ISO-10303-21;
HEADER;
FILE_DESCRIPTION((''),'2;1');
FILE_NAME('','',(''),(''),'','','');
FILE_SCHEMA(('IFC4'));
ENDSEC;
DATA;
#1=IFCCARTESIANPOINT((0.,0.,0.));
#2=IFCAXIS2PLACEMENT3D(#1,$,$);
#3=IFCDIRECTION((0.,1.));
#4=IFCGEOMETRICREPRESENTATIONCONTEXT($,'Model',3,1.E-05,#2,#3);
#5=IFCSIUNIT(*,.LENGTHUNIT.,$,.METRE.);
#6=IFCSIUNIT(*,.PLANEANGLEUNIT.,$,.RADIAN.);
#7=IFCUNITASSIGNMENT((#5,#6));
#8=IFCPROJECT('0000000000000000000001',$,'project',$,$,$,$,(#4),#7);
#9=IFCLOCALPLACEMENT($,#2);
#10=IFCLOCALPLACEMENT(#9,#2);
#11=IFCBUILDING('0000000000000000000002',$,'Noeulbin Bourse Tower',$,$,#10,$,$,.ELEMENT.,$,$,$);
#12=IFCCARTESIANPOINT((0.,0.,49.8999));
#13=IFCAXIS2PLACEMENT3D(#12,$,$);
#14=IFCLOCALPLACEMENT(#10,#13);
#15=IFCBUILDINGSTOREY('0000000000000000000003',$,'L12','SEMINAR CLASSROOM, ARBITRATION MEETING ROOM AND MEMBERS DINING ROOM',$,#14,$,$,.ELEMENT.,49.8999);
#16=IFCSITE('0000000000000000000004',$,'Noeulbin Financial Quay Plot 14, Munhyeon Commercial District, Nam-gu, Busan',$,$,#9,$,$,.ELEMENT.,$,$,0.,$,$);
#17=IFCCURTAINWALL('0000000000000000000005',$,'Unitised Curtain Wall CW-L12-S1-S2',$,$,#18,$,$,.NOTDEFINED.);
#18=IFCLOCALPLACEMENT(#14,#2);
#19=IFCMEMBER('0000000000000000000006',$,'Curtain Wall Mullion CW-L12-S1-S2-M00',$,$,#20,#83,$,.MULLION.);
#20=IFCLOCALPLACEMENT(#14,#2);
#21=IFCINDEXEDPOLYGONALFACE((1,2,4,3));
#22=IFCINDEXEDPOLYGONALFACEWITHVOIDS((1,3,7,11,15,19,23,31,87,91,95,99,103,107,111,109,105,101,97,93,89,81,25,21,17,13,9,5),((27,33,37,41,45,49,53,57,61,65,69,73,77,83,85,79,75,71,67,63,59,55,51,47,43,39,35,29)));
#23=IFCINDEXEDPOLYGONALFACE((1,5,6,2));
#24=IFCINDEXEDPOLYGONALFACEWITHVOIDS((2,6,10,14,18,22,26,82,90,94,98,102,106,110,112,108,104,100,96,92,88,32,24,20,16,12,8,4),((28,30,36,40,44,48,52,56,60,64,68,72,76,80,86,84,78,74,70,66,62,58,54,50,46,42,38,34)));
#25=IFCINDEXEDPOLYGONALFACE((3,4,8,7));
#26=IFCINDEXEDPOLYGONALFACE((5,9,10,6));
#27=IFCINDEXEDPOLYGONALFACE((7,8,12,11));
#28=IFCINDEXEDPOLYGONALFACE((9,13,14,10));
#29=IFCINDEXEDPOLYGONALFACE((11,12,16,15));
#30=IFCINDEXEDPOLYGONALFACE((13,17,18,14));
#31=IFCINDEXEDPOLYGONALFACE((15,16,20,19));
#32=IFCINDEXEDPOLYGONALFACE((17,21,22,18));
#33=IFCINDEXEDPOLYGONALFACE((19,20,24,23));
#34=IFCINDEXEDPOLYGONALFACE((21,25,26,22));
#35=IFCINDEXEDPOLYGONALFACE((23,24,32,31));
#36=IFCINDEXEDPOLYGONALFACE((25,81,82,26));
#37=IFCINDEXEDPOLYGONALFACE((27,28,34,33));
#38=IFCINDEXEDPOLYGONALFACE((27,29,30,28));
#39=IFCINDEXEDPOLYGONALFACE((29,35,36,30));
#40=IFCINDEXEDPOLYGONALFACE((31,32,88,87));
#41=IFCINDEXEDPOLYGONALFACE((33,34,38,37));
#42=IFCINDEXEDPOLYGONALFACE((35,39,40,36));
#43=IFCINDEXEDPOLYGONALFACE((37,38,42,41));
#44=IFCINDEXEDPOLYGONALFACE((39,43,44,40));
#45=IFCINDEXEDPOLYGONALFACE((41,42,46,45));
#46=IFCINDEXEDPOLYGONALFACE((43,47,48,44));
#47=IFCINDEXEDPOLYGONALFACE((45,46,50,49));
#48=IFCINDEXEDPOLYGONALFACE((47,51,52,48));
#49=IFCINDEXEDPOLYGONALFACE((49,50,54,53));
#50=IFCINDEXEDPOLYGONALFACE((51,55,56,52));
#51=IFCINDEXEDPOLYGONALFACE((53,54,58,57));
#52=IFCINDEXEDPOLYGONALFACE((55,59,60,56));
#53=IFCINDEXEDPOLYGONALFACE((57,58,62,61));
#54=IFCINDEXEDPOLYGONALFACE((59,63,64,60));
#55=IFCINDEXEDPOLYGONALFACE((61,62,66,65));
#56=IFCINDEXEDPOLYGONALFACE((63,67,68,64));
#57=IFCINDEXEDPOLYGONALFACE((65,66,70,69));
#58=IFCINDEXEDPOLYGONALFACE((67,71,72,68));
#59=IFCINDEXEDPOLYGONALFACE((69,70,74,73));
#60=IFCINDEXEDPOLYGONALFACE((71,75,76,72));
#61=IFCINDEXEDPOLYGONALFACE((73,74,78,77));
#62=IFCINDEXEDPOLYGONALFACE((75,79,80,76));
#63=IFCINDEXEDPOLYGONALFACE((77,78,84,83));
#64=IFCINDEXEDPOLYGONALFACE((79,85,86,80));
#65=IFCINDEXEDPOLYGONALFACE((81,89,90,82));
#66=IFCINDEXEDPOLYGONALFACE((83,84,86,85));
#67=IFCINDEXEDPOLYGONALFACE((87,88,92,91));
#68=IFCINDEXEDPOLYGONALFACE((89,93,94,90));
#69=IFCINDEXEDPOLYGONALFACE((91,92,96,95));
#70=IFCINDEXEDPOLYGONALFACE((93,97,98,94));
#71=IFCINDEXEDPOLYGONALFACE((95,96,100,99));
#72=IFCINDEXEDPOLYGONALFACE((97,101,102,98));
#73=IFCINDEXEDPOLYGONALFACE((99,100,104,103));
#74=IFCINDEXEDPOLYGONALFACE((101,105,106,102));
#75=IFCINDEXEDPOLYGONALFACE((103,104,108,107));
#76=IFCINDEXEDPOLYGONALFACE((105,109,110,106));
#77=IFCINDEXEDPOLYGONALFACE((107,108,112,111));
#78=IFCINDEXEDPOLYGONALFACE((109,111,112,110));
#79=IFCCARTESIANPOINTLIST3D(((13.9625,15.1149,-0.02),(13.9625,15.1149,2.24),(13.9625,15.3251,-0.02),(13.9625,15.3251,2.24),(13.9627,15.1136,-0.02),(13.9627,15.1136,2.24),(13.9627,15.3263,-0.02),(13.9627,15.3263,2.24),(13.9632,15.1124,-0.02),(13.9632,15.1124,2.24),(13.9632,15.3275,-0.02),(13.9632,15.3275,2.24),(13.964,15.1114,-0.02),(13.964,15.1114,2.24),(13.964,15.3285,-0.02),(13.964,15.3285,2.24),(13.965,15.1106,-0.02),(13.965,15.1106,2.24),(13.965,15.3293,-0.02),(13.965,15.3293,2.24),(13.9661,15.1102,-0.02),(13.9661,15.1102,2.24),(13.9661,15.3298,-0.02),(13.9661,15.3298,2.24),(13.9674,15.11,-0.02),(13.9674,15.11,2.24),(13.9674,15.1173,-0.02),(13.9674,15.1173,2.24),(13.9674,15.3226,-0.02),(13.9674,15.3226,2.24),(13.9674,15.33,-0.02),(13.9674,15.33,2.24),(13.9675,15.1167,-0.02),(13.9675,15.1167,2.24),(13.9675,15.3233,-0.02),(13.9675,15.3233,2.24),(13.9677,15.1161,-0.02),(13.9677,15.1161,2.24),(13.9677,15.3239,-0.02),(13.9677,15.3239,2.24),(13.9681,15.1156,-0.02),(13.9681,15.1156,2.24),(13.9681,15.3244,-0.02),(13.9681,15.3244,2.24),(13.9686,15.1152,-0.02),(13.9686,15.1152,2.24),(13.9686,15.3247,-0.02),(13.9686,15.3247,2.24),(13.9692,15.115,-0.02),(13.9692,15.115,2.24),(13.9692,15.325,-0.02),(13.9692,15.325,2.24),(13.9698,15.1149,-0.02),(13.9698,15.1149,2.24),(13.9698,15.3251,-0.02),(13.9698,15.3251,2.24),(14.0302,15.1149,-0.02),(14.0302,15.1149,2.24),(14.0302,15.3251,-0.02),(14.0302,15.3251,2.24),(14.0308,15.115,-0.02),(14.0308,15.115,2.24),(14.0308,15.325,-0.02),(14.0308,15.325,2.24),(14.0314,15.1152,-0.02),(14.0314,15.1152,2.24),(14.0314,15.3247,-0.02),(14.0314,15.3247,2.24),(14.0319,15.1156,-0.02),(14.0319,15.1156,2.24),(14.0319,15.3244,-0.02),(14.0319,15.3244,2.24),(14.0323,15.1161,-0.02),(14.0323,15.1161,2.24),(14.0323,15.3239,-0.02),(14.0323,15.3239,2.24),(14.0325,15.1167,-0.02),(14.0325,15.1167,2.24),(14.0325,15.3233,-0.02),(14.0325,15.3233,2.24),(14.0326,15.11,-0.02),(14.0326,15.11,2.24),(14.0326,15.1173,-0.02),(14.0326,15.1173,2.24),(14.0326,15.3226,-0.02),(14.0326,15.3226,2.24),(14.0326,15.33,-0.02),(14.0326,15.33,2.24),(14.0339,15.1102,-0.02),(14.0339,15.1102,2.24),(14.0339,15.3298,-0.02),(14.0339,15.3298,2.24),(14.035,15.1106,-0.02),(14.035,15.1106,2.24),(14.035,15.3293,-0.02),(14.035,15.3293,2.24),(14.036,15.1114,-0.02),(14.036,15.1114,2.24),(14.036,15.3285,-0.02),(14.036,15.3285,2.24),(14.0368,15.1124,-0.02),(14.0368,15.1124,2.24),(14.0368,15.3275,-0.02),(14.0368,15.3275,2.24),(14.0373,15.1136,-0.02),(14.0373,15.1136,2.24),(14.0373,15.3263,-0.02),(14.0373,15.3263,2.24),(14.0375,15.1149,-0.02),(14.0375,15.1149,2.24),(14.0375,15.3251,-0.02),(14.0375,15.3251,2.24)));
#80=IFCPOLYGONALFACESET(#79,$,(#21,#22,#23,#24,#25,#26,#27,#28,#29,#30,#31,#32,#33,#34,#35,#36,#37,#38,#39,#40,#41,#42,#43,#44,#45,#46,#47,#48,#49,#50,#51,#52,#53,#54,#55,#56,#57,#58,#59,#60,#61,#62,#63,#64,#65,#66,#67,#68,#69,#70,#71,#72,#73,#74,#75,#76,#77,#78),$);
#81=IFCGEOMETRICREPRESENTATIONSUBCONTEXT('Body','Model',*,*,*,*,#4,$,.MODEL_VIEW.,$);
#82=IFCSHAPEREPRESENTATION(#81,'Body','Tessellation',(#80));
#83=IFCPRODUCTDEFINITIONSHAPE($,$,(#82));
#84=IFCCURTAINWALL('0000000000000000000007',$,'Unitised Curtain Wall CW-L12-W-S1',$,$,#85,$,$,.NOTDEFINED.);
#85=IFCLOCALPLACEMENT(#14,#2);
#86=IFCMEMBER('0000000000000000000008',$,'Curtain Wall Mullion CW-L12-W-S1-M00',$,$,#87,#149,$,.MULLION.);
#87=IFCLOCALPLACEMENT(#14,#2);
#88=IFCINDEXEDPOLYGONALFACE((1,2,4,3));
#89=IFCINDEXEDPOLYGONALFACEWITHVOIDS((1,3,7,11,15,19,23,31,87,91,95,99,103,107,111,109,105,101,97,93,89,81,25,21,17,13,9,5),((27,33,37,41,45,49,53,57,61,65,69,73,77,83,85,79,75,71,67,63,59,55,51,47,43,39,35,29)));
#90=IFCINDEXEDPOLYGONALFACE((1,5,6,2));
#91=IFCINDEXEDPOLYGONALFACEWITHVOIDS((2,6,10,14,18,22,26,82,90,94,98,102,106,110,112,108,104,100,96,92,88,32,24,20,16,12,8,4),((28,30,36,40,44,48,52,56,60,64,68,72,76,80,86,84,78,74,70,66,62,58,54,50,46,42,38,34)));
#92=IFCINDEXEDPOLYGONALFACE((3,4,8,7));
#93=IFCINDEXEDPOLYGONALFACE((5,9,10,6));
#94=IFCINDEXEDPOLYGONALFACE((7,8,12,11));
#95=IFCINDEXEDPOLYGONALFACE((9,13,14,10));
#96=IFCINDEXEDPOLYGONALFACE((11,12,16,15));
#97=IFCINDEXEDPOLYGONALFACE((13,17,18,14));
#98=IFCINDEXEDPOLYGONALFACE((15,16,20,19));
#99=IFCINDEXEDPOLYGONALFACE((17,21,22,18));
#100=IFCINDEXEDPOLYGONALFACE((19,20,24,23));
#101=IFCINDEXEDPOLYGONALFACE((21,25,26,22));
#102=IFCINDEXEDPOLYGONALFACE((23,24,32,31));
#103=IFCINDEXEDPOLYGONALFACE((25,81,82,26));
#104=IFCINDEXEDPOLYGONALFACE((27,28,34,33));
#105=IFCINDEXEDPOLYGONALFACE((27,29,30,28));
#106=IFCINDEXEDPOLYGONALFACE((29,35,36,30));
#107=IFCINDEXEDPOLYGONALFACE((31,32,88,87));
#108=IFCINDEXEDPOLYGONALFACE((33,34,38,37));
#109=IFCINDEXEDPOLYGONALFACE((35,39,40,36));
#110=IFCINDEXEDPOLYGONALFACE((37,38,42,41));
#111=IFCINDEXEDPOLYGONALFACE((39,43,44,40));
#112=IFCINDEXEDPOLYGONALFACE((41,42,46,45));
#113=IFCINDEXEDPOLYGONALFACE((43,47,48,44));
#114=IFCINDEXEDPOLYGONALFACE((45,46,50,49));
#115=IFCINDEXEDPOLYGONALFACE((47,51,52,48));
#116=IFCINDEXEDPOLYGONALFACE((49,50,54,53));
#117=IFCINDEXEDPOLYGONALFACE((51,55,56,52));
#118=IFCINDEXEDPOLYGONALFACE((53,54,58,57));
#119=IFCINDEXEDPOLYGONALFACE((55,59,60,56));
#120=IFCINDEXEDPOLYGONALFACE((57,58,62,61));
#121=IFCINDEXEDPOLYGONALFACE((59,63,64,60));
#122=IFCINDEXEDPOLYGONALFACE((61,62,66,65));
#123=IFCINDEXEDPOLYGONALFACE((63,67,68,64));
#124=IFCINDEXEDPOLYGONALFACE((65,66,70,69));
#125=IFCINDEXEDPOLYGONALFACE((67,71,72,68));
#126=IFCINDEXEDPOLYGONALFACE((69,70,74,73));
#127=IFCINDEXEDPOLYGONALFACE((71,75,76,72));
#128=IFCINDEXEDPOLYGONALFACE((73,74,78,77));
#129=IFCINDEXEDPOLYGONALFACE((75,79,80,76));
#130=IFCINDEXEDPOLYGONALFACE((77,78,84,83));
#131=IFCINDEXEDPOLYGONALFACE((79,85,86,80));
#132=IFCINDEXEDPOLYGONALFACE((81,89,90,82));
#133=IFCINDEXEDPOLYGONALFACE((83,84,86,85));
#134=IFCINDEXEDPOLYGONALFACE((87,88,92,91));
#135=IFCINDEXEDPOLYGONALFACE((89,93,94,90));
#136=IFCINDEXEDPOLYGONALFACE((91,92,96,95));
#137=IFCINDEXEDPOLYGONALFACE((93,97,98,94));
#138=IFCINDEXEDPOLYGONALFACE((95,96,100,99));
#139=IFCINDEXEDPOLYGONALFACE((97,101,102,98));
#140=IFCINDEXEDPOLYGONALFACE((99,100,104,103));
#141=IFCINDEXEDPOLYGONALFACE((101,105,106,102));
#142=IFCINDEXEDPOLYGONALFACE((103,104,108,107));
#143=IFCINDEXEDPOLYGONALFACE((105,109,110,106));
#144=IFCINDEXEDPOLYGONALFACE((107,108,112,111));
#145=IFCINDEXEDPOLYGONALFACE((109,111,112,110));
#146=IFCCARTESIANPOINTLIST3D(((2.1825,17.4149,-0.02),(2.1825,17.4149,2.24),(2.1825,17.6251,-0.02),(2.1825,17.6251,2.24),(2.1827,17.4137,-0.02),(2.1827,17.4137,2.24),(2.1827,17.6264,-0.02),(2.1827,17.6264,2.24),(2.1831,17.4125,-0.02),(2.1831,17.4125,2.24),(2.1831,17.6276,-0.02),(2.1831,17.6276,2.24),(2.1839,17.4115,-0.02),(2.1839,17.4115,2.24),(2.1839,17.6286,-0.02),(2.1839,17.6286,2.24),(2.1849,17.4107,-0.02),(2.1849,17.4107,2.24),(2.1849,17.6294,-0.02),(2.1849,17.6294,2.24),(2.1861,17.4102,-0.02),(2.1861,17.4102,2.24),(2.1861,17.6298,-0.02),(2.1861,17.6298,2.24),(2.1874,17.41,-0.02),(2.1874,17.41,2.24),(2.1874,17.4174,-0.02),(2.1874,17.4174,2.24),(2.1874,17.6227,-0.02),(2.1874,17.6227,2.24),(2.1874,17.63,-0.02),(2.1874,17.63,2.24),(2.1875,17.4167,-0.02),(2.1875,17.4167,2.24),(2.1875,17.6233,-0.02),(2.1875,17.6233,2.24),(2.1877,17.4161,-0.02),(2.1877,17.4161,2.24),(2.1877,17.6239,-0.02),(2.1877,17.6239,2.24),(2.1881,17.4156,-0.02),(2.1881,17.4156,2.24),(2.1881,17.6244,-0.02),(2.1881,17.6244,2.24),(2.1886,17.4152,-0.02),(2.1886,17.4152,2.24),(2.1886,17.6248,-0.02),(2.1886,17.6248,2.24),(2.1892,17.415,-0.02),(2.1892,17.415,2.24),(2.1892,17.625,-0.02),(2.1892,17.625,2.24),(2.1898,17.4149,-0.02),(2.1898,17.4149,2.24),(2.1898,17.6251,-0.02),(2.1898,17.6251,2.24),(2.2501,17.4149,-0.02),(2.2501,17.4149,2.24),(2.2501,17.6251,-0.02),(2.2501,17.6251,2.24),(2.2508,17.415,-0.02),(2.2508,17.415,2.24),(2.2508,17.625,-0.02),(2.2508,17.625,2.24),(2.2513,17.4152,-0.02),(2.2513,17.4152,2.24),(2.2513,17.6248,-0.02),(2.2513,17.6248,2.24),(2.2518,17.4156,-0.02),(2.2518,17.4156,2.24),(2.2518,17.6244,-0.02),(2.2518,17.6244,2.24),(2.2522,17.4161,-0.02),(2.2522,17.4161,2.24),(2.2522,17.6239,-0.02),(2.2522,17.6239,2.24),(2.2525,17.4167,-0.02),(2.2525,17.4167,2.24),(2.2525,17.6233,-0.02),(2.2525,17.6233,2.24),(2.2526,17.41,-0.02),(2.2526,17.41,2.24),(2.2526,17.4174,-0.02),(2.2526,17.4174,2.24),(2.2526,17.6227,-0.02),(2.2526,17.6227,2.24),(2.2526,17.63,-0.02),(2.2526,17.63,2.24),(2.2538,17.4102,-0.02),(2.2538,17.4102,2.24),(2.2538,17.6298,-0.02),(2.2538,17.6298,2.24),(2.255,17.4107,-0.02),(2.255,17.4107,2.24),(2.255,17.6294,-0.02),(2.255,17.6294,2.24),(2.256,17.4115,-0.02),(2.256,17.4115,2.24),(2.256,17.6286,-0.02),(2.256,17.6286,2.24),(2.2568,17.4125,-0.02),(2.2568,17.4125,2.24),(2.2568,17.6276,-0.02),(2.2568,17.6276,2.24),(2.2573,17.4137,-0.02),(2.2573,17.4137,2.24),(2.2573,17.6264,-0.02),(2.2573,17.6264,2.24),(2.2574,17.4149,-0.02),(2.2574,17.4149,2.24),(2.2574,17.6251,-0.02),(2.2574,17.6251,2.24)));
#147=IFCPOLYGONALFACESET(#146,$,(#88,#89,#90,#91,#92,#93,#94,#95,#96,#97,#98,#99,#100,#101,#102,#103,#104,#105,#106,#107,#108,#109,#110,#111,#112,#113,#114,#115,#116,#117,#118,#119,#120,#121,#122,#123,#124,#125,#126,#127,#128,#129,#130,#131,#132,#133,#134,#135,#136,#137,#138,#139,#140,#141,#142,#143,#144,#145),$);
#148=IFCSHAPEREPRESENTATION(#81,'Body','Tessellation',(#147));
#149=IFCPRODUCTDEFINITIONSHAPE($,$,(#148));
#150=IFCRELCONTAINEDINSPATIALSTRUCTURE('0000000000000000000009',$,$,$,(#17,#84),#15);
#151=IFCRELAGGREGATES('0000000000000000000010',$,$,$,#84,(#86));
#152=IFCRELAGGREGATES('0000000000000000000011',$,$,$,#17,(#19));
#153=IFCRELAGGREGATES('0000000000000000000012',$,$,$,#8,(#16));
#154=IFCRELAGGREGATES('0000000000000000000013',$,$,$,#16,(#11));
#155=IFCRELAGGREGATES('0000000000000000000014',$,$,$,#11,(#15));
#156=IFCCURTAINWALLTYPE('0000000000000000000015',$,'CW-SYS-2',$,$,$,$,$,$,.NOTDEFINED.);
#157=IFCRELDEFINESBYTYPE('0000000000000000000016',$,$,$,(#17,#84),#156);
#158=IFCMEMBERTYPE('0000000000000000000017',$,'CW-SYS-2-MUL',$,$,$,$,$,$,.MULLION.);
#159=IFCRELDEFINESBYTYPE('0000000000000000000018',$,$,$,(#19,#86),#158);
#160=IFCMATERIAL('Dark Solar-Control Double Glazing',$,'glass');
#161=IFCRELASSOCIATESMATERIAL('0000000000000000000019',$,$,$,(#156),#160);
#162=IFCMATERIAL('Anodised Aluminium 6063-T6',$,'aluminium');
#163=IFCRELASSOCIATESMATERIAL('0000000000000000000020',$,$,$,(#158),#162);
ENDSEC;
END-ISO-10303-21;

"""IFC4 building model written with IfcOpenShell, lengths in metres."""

from ifc_helpers import new_model, si_unit, direction, frame, origin, origin_2d, place, context, subcontext, project, spatial, hollow_rectangle, extrude, material, material_profile, profile_set, type_object, element, aggregate, save


model = new_model("IFC4")

# Units and contexts
model_context = context("Model", 3, precision=1e-05, world=origin(), true_north=direction((0.0, 1.0)))
body_context = subcontext(model_context, "Body", "Model", "MODEL_VIEW")
ifc_project = project(units=[si_unit("LENGTHUNIT", "METRE"), si_unit("PLANEANGLEUNIT", "RADIAN")], contexts=[model_context])

# Site, building, storey
site_placement = place(None, origin())
site = spatial("IfcSite", under=ifc_project, at=site_placement, Name="Noeulbin Financial Quay Plot 14, Munhyeon Commercial District, Nam-gu, Busan", CompositionType="ELEMENT", RefElevation=0.0)
building_placement = place(site_placement, origin())
building = spatial("IfcBuilding", under=site, at=building_placement, Name="Noeulbin Bourse Tower", CompositionType="ELEMENT")
storey_placement = place(building_placement, frame((0.0, 0.0, 49.8999)))
storey = spatial("IfcBuildingStorey", under=building, at=storey_placement, Name="L12", Description="SEMINAR CLASSROOM, ARBITRATION MEETING ROOM AND MEMBERS DINING ROOM", CompositionType="ELEMENT", Elevation=49.8999)

# Shared definitions
ifc_material_1 = material(Name="Dark Solar-Control Double Glazing", Category="glass")
curtain_wall_type = type_object("IfcCurtainWallType", Name="CW-SYS-2", PredefinedType="NOTDEFINED", material=ifc_material_1)
ifc_material_2 = material(Name="Anodised Aluminium 6063-T6", Category="aluminium")
ifc_material_profile_1 = material_profile(ifc_material_2, hollow_rectangle(XDim=0.075, YDim=0.22, WallThickness=0.0049, InnerFilletRadius=0.0024, OuterFilletRadius=0.0049, at=origin_2d()), Name="ALU-MULL-75x220x5", Category="LoadBearing")
ifc_profile_set_1 = profile_set([ifc_material_profile_1], Name="Anodised Aluminium 6063-T6")
member_type_1 = type_object("IfcMemberType", Name="CW-SYS-2-MUL", PredefinedType="MULLION", material=ifc_profile_set_1)

# Curtain walls, members
curtain_wall_1_placement = place(storey_placement, origin())
curtain_wall_1 = element("IfcCurtainWall", 1, at=curtain_wall_1_placement, inside=storey, type_object=curtain_wall_type, Name="Unitised Curtain Wall CW-L12-S1-S2", PredefinedType="NOTDEFINED")
member_1_placement = place(storey_placement, frame((14.0, 15.22, -0.02), z_axis=(0.0, 0.0, 1.0), x_axis=(1.0, 0.0, 0.0)))
member_1 = element("IfcMember", 2, at=member_1_placement, type_object=member_type_1, Name="Curtain Wall Mullion CW-L12-S1-S2-M00", PredefinedType="MULLION", context=body_context, shape_type="SweptSolid", body=[
    extrude(hollow_rectangle(XDim=0.075, YDim=0.22, WallThickness=0.0049, InnerFilletRadius=0.0024, OuterFilletRadius=0.0049, at=origin_2d()), origin(), (0.0, 0.0, 1.0), 2.26),
])
curtain_wall_2_placement = place(storey_placement, origin())
curtain_wall_2 = element("IfcCurtainWall", 3, at=curtain_wall_2_placement, inside=storey, type_object=curtain_wall_type, Name="Unitised Curtain Wall CW-L12-W-S1", PredefinedType="NOTDEFINED")
member_2_placement = place(storey_placement, frame((2.22, 17.52, -0.02), z_axis=(0.0, 0.0, 1.0), x_axis=(1.0, 0.0, 0.0)))
member_2 = element("IfcMember", 4, at=member_2_placement, type_object=member_type_1, Name="Curtain Wall Mullion CW-L12-W-S1-M00", PredefinedType="MULLION", context=body_context, shape_type="SweptSolid", body=[
    extrude(hollow_rectangle(XDim=0.075, YDim=0.22, WallThickness=0.0049, InnerFilletRadius=0.0024, OuterFilletRadius=0.0049, at=origin_2d()), origin(), (0.0, 0.0, 1.0), 2.26),
])
aggregate(curtain_wall_2, [member_2])

aggregate(curtain_wall_1, [member_1])

save(model, "model.ifc")
